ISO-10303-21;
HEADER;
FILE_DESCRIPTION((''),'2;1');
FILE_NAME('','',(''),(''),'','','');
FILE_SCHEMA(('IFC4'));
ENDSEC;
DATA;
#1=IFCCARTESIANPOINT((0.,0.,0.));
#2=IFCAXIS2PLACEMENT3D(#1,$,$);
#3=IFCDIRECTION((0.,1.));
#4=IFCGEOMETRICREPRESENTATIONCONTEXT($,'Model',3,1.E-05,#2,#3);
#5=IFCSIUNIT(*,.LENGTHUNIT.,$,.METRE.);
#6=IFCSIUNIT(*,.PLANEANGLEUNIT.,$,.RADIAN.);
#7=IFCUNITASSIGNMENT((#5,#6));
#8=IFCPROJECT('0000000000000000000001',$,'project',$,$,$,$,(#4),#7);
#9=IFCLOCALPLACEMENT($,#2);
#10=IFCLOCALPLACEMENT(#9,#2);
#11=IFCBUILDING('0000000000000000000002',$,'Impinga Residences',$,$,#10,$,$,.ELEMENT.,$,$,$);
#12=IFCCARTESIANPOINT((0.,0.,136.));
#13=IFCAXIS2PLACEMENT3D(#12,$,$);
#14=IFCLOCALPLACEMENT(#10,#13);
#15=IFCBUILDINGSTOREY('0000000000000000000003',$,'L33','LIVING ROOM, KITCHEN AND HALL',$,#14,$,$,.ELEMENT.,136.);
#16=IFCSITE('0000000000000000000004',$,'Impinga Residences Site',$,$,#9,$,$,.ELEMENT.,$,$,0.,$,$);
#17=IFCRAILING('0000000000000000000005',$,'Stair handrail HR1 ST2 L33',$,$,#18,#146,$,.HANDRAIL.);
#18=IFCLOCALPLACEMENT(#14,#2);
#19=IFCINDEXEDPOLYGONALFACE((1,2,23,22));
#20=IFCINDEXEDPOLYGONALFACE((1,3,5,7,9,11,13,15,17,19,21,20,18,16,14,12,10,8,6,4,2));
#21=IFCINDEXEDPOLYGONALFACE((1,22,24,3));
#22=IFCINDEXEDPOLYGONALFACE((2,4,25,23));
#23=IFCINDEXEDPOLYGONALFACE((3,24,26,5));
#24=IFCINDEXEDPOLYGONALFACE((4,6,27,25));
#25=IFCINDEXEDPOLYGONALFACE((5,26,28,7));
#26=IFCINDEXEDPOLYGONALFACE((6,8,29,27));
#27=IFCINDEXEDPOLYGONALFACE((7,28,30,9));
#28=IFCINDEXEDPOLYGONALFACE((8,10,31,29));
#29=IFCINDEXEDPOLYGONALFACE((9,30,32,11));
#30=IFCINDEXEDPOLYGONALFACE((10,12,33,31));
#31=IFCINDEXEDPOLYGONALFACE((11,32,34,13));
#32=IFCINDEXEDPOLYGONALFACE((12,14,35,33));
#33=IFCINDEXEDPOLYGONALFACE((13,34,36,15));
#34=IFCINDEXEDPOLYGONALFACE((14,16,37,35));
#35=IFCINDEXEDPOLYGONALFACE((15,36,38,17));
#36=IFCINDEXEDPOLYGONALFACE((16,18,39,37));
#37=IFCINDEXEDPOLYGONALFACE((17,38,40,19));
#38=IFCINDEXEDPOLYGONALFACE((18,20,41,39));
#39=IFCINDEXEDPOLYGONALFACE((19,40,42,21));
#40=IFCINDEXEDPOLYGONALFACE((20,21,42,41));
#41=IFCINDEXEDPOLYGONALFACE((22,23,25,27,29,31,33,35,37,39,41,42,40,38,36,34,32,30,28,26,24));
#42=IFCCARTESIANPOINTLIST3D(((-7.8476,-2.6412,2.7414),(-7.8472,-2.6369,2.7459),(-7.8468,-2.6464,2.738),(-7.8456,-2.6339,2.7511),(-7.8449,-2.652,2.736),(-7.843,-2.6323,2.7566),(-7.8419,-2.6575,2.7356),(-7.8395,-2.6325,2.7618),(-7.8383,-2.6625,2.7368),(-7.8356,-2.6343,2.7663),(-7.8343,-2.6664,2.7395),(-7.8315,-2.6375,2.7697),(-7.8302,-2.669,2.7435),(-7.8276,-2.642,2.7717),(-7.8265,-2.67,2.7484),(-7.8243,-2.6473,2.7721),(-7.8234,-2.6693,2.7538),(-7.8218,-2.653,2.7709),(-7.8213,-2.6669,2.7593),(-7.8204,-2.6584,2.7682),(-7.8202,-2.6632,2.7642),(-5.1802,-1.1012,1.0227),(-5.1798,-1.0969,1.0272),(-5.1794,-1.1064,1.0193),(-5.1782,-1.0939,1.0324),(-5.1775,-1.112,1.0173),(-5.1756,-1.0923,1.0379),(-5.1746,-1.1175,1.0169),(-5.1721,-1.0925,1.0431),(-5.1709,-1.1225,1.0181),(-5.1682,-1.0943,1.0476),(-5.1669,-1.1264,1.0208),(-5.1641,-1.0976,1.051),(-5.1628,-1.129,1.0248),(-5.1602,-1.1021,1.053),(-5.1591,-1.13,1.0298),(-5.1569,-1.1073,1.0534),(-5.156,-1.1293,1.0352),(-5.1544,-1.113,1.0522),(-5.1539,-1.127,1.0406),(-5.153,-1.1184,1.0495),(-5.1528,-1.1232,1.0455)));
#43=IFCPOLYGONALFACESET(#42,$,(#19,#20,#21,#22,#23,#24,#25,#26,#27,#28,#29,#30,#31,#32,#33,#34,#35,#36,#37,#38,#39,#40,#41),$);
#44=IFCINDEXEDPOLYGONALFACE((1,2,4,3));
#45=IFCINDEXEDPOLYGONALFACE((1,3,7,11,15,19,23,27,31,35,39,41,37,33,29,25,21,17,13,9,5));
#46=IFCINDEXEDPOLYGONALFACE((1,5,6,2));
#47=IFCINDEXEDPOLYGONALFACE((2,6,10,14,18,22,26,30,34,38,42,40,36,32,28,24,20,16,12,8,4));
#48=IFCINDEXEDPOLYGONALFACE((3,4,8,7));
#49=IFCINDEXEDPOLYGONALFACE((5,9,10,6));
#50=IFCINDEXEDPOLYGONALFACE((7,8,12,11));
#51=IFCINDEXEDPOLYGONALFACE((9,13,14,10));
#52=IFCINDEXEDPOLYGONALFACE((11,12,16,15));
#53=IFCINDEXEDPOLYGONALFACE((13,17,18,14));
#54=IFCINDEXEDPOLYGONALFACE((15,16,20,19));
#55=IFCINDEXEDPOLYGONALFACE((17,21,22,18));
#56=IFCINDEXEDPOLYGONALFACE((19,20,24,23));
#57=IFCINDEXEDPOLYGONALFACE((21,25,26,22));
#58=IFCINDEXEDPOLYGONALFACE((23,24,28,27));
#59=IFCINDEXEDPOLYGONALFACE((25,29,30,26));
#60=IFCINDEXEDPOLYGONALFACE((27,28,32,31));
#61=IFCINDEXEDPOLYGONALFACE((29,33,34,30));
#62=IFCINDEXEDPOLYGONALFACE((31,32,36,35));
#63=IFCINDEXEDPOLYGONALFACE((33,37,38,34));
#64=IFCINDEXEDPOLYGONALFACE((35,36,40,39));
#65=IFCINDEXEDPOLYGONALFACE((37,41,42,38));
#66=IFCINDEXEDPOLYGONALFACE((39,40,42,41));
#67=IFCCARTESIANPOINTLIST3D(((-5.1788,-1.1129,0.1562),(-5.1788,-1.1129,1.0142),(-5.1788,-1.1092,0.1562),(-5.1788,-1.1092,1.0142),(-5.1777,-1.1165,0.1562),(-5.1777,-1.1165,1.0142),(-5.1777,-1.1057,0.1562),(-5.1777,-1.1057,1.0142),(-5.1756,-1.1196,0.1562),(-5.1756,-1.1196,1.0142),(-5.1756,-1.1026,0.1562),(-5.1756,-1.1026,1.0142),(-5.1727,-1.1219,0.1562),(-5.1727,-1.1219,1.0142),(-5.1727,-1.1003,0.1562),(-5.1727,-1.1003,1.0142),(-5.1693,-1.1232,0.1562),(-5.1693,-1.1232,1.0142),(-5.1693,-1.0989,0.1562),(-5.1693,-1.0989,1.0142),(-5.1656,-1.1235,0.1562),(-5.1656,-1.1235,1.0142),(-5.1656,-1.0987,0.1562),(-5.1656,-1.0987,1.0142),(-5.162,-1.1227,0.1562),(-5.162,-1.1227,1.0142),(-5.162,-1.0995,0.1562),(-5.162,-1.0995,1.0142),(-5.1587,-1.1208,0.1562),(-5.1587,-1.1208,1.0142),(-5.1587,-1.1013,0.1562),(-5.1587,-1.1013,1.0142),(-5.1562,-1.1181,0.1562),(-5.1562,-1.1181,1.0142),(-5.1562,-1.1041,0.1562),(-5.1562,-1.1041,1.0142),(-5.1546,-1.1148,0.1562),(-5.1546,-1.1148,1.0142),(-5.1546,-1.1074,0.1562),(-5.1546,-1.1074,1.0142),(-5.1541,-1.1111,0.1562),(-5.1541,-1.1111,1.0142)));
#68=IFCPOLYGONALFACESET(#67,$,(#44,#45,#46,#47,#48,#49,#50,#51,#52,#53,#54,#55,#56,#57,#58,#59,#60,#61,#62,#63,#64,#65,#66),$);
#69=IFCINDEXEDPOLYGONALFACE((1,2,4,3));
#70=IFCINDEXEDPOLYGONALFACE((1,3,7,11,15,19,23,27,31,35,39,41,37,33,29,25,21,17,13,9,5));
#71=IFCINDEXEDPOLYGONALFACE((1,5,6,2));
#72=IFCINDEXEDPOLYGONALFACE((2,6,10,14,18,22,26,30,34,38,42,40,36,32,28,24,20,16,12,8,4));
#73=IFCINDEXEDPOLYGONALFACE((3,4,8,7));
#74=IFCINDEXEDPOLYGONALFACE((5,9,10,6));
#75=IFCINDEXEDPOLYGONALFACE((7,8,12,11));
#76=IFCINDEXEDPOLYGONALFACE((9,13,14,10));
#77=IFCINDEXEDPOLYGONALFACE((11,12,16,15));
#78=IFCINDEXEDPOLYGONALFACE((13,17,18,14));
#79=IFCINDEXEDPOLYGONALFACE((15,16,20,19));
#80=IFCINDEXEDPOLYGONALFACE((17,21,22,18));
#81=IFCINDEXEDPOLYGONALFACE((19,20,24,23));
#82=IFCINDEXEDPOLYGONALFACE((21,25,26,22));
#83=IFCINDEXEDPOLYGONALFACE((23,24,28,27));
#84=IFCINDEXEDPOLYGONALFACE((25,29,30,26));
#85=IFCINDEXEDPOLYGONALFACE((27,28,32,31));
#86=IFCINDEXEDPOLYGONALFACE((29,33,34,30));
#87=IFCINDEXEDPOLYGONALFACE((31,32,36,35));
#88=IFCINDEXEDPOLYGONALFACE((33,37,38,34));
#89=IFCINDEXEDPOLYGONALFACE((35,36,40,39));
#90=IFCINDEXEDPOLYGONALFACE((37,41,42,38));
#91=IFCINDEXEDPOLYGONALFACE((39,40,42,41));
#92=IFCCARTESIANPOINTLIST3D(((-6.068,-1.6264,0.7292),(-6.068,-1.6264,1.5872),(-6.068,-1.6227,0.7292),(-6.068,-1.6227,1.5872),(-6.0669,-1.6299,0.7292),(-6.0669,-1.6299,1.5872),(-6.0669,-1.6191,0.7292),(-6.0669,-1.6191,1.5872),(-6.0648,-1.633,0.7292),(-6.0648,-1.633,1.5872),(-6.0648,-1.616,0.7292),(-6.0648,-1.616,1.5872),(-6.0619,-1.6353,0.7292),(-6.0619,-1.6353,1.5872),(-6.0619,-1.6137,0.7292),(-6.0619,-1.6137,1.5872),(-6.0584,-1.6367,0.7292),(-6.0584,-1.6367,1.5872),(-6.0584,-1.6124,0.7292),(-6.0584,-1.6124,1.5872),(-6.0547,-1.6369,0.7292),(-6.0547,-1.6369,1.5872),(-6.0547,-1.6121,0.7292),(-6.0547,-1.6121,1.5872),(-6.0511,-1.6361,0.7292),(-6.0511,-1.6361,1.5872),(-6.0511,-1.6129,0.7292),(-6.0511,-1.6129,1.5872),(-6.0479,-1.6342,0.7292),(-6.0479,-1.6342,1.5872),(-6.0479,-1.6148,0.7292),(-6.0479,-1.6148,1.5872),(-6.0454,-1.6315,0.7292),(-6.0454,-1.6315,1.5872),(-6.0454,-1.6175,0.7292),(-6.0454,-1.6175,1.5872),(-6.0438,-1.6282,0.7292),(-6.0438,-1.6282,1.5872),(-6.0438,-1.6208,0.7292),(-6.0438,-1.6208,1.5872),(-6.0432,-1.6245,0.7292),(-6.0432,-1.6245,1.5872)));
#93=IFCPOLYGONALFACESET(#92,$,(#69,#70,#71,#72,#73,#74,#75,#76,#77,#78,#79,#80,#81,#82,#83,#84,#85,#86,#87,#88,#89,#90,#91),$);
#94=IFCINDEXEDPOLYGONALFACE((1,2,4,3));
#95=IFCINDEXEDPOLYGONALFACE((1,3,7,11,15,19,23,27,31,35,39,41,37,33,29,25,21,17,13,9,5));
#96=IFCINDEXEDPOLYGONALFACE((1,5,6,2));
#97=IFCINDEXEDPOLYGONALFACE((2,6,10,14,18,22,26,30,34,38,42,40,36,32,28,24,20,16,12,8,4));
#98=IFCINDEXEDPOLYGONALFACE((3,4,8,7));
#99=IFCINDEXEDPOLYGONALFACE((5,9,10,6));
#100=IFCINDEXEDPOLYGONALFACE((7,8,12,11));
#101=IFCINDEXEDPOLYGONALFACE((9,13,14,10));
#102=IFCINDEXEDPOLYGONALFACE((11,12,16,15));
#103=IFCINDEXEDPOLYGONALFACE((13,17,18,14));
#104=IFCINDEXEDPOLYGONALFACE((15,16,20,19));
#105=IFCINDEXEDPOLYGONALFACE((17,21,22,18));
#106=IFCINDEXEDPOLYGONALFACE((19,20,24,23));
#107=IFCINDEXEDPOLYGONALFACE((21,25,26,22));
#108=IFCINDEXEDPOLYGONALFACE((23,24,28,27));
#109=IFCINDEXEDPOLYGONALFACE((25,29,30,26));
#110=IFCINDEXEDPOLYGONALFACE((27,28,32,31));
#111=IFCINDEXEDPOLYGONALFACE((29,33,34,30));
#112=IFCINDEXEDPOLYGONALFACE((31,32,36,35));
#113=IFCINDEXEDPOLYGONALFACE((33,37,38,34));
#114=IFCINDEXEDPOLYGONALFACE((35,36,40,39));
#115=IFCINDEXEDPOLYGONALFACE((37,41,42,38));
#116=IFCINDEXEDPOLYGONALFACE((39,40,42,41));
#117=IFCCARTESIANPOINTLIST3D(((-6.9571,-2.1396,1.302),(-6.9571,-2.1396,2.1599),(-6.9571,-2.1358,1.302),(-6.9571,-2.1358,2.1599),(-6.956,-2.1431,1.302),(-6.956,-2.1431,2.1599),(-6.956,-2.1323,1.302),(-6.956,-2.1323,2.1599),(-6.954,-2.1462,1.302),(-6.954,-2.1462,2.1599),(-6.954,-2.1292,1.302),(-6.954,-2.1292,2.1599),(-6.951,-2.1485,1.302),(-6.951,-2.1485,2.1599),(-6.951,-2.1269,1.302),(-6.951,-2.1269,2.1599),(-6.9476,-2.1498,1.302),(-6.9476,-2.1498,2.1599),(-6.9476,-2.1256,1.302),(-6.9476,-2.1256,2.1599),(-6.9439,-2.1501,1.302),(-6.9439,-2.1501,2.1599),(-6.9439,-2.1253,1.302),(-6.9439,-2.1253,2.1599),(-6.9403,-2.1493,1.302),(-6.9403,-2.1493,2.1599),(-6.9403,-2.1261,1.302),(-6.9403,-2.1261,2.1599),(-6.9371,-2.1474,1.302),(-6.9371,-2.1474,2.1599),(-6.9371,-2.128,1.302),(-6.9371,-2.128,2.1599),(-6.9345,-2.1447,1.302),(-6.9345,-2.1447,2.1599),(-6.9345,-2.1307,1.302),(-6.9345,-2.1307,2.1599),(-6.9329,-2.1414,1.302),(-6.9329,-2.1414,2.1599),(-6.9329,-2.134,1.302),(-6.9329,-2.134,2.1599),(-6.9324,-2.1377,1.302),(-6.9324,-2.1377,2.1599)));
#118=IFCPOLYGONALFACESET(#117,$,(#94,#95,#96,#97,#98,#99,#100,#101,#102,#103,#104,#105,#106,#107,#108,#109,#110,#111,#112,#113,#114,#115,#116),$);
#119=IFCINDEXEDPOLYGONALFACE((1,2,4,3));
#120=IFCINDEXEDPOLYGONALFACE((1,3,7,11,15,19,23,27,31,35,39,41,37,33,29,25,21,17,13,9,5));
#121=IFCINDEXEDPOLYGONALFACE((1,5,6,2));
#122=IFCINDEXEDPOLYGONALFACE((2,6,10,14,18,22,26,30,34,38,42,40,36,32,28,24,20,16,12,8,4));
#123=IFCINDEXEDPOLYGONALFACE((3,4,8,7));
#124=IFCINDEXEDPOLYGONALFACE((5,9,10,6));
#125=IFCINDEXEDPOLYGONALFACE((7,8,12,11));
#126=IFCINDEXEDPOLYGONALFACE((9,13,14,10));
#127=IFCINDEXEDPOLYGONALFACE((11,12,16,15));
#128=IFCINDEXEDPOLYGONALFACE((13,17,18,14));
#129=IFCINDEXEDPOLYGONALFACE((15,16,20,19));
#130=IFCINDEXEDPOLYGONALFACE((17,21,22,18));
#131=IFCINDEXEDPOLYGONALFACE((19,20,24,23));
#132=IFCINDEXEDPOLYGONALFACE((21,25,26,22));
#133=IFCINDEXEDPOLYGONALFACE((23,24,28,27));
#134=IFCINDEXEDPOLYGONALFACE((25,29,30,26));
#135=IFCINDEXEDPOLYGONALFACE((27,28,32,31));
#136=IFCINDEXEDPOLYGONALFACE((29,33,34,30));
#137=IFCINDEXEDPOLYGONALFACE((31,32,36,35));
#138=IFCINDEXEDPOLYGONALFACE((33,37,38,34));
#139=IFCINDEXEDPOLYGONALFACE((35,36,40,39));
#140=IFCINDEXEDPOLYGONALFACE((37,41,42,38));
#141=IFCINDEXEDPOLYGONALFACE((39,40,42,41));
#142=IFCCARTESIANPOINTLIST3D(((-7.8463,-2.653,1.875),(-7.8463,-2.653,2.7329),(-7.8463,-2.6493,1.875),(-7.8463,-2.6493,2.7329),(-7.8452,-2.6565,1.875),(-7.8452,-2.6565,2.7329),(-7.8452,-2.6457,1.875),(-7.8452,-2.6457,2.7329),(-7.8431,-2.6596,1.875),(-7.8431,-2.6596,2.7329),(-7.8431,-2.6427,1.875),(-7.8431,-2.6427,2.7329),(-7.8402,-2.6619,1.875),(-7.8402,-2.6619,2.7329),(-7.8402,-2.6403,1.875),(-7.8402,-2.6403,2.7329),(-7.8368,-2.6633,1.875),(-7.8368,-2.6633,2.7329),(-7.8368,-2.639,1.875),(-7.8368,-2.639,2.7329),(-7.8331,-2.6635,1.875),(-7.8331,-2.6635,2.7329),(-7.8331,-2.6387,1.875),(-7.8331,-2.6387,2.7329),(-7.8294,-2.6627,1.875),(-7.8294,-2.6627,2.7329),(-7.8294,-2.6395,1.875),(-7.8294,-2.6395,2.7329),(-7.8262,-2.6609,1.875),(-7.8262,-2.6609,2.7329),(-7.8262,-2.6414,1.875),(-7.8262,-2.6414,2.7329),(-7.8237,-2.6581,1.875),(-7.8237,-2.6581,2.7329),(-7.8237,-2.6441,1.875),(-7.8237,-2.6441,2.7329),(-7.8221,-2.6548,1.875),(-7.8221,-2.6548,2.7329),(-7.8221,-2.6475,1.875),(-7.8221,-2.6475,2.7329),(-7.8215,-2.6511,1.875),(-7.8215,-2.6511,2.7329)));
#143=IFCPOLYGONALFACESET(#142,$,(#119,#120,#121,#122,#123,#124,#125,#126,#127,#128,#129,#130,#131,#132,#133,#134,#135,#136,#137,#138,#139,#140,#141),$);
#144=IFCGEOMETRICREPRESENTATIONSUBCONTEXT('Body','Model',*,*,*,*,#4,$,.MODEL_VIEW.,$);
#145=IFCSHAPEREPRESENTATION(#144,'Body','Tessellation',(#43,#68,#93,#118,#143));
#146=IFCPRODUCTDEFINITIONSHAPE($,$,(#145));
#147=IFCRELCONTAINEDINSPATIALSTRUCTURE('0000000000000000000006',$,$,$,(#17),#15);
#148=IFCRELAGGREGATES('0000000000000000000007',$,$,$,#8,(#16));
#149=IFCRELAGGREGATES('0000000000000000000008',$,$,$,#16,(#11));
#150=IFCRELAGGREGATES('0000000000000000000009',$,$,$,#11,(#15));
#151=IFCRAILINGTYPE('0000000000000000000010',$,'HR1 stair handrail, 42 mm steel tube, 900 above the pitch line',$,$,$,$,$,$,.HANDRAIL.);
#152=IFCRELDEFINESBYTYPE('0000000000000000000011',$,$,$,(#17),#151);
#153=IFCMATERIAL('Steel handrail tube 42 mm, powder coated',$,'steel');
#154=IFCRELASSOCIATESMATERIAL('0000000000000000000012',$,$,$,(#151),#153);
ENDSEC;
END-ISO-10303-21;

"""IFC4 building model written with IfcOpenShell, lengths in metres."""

from ifc_helpers import new_model, si_unit, direction, frame, origin, origin_2d, place, context, subcontext, project, spatial, circle, extrude, material, type_object, element, save


model = new_model("IFC4")

# Units and contexts
model_context = context("Model", 3, precision=1e-05, world=origin(), true_north=direction((0.0, 1.0)))
body_context = subcontext(model_context, "Body", "Model", "MODEL_VIEW")
ifc_project = project(units=[si_unit("LENGTHUNIT", "METRE"), si_unit("PLANEANGLEUNIT", "RADIAN")], contexts=[model_context])

# Site, building, storey
site_placement = place(None, origin())
site = spatial("IfcSite", under=ifc_project, at=site_placement, Name="Impinga Residences Site", CompositionType="ELEMENT", RefElevation=0.0)
building_placement = place(site_placement, origin())
building = spatial("IfcBuilding", under=site, at=building_placement, Name="Impinga Residences", CompositionType="ELEMENT")
storey_placement = place(building_placement, frame((0.0, 0.0, 136.0)))
storey = spatial("IfcBuildingStorey", under=building, at=storey_placement, Name="L33", Description="LIVING ROOM, KITCHEN AND HALL", CompositionType="ELEMENT", Elevation=136.0)

# Railing
ifc_material_1 = material(Name="Steel handrail tube 42 mm, powder coated", Category="steel")
railing_type_1 = type_object("IfcRailingType", Name="HR1 stair handrail, 42 mm steel tube, 900 above the pitch line", PredefinedType="HANDRAIL", material=ifc_material_1)
railing_1_placement = place(storey_placement, frame((-5.1665, -1.1111, 0.1562)))
element("IfcRailing", 1, at=railing_1_placement, inside=storey, type_object=railing_type_1, Name="Stair handrail HR1 ST2 L33", PredefinedType="HANDRAIL", context=body_context, shape_type="SweptSolid", body=[
    extrude(circle(Radius=0.021, at=origin_2d()), frame((0.0, 0.0, 0.8789), z_axis=(-0.756256, -0.436616, 0.487282), x_axis=(0.499992, -0.86603, 0.0)), (0.0, 0.0, 1.0), 3.5271),
    extrude(circle(Radius=0.0125, at=origin_2d()), origin(), (0.0, 0.0, 1.0), 0.8579),
    extrude(circle(Radius=0.0125, at=origin_2d()), frame((-0.8892, -0.5134, 0.573)), (0.0, 0.0, 1.0), 0.8579),
    extrude(circle(Radius=0.0125, at=origin_2d()), frame((-1.7783, -1.0266, 1.1458)), (0.0, 0.0, 1.0), 0.8579),
    extrude(circle(Radius=0.0125, at=origin_2d()), frame((-2.6675, -1.54, 1.7188)), (0.0, 0.0, 1.0), 0.8579),
])

save(model, "model.ifc")
